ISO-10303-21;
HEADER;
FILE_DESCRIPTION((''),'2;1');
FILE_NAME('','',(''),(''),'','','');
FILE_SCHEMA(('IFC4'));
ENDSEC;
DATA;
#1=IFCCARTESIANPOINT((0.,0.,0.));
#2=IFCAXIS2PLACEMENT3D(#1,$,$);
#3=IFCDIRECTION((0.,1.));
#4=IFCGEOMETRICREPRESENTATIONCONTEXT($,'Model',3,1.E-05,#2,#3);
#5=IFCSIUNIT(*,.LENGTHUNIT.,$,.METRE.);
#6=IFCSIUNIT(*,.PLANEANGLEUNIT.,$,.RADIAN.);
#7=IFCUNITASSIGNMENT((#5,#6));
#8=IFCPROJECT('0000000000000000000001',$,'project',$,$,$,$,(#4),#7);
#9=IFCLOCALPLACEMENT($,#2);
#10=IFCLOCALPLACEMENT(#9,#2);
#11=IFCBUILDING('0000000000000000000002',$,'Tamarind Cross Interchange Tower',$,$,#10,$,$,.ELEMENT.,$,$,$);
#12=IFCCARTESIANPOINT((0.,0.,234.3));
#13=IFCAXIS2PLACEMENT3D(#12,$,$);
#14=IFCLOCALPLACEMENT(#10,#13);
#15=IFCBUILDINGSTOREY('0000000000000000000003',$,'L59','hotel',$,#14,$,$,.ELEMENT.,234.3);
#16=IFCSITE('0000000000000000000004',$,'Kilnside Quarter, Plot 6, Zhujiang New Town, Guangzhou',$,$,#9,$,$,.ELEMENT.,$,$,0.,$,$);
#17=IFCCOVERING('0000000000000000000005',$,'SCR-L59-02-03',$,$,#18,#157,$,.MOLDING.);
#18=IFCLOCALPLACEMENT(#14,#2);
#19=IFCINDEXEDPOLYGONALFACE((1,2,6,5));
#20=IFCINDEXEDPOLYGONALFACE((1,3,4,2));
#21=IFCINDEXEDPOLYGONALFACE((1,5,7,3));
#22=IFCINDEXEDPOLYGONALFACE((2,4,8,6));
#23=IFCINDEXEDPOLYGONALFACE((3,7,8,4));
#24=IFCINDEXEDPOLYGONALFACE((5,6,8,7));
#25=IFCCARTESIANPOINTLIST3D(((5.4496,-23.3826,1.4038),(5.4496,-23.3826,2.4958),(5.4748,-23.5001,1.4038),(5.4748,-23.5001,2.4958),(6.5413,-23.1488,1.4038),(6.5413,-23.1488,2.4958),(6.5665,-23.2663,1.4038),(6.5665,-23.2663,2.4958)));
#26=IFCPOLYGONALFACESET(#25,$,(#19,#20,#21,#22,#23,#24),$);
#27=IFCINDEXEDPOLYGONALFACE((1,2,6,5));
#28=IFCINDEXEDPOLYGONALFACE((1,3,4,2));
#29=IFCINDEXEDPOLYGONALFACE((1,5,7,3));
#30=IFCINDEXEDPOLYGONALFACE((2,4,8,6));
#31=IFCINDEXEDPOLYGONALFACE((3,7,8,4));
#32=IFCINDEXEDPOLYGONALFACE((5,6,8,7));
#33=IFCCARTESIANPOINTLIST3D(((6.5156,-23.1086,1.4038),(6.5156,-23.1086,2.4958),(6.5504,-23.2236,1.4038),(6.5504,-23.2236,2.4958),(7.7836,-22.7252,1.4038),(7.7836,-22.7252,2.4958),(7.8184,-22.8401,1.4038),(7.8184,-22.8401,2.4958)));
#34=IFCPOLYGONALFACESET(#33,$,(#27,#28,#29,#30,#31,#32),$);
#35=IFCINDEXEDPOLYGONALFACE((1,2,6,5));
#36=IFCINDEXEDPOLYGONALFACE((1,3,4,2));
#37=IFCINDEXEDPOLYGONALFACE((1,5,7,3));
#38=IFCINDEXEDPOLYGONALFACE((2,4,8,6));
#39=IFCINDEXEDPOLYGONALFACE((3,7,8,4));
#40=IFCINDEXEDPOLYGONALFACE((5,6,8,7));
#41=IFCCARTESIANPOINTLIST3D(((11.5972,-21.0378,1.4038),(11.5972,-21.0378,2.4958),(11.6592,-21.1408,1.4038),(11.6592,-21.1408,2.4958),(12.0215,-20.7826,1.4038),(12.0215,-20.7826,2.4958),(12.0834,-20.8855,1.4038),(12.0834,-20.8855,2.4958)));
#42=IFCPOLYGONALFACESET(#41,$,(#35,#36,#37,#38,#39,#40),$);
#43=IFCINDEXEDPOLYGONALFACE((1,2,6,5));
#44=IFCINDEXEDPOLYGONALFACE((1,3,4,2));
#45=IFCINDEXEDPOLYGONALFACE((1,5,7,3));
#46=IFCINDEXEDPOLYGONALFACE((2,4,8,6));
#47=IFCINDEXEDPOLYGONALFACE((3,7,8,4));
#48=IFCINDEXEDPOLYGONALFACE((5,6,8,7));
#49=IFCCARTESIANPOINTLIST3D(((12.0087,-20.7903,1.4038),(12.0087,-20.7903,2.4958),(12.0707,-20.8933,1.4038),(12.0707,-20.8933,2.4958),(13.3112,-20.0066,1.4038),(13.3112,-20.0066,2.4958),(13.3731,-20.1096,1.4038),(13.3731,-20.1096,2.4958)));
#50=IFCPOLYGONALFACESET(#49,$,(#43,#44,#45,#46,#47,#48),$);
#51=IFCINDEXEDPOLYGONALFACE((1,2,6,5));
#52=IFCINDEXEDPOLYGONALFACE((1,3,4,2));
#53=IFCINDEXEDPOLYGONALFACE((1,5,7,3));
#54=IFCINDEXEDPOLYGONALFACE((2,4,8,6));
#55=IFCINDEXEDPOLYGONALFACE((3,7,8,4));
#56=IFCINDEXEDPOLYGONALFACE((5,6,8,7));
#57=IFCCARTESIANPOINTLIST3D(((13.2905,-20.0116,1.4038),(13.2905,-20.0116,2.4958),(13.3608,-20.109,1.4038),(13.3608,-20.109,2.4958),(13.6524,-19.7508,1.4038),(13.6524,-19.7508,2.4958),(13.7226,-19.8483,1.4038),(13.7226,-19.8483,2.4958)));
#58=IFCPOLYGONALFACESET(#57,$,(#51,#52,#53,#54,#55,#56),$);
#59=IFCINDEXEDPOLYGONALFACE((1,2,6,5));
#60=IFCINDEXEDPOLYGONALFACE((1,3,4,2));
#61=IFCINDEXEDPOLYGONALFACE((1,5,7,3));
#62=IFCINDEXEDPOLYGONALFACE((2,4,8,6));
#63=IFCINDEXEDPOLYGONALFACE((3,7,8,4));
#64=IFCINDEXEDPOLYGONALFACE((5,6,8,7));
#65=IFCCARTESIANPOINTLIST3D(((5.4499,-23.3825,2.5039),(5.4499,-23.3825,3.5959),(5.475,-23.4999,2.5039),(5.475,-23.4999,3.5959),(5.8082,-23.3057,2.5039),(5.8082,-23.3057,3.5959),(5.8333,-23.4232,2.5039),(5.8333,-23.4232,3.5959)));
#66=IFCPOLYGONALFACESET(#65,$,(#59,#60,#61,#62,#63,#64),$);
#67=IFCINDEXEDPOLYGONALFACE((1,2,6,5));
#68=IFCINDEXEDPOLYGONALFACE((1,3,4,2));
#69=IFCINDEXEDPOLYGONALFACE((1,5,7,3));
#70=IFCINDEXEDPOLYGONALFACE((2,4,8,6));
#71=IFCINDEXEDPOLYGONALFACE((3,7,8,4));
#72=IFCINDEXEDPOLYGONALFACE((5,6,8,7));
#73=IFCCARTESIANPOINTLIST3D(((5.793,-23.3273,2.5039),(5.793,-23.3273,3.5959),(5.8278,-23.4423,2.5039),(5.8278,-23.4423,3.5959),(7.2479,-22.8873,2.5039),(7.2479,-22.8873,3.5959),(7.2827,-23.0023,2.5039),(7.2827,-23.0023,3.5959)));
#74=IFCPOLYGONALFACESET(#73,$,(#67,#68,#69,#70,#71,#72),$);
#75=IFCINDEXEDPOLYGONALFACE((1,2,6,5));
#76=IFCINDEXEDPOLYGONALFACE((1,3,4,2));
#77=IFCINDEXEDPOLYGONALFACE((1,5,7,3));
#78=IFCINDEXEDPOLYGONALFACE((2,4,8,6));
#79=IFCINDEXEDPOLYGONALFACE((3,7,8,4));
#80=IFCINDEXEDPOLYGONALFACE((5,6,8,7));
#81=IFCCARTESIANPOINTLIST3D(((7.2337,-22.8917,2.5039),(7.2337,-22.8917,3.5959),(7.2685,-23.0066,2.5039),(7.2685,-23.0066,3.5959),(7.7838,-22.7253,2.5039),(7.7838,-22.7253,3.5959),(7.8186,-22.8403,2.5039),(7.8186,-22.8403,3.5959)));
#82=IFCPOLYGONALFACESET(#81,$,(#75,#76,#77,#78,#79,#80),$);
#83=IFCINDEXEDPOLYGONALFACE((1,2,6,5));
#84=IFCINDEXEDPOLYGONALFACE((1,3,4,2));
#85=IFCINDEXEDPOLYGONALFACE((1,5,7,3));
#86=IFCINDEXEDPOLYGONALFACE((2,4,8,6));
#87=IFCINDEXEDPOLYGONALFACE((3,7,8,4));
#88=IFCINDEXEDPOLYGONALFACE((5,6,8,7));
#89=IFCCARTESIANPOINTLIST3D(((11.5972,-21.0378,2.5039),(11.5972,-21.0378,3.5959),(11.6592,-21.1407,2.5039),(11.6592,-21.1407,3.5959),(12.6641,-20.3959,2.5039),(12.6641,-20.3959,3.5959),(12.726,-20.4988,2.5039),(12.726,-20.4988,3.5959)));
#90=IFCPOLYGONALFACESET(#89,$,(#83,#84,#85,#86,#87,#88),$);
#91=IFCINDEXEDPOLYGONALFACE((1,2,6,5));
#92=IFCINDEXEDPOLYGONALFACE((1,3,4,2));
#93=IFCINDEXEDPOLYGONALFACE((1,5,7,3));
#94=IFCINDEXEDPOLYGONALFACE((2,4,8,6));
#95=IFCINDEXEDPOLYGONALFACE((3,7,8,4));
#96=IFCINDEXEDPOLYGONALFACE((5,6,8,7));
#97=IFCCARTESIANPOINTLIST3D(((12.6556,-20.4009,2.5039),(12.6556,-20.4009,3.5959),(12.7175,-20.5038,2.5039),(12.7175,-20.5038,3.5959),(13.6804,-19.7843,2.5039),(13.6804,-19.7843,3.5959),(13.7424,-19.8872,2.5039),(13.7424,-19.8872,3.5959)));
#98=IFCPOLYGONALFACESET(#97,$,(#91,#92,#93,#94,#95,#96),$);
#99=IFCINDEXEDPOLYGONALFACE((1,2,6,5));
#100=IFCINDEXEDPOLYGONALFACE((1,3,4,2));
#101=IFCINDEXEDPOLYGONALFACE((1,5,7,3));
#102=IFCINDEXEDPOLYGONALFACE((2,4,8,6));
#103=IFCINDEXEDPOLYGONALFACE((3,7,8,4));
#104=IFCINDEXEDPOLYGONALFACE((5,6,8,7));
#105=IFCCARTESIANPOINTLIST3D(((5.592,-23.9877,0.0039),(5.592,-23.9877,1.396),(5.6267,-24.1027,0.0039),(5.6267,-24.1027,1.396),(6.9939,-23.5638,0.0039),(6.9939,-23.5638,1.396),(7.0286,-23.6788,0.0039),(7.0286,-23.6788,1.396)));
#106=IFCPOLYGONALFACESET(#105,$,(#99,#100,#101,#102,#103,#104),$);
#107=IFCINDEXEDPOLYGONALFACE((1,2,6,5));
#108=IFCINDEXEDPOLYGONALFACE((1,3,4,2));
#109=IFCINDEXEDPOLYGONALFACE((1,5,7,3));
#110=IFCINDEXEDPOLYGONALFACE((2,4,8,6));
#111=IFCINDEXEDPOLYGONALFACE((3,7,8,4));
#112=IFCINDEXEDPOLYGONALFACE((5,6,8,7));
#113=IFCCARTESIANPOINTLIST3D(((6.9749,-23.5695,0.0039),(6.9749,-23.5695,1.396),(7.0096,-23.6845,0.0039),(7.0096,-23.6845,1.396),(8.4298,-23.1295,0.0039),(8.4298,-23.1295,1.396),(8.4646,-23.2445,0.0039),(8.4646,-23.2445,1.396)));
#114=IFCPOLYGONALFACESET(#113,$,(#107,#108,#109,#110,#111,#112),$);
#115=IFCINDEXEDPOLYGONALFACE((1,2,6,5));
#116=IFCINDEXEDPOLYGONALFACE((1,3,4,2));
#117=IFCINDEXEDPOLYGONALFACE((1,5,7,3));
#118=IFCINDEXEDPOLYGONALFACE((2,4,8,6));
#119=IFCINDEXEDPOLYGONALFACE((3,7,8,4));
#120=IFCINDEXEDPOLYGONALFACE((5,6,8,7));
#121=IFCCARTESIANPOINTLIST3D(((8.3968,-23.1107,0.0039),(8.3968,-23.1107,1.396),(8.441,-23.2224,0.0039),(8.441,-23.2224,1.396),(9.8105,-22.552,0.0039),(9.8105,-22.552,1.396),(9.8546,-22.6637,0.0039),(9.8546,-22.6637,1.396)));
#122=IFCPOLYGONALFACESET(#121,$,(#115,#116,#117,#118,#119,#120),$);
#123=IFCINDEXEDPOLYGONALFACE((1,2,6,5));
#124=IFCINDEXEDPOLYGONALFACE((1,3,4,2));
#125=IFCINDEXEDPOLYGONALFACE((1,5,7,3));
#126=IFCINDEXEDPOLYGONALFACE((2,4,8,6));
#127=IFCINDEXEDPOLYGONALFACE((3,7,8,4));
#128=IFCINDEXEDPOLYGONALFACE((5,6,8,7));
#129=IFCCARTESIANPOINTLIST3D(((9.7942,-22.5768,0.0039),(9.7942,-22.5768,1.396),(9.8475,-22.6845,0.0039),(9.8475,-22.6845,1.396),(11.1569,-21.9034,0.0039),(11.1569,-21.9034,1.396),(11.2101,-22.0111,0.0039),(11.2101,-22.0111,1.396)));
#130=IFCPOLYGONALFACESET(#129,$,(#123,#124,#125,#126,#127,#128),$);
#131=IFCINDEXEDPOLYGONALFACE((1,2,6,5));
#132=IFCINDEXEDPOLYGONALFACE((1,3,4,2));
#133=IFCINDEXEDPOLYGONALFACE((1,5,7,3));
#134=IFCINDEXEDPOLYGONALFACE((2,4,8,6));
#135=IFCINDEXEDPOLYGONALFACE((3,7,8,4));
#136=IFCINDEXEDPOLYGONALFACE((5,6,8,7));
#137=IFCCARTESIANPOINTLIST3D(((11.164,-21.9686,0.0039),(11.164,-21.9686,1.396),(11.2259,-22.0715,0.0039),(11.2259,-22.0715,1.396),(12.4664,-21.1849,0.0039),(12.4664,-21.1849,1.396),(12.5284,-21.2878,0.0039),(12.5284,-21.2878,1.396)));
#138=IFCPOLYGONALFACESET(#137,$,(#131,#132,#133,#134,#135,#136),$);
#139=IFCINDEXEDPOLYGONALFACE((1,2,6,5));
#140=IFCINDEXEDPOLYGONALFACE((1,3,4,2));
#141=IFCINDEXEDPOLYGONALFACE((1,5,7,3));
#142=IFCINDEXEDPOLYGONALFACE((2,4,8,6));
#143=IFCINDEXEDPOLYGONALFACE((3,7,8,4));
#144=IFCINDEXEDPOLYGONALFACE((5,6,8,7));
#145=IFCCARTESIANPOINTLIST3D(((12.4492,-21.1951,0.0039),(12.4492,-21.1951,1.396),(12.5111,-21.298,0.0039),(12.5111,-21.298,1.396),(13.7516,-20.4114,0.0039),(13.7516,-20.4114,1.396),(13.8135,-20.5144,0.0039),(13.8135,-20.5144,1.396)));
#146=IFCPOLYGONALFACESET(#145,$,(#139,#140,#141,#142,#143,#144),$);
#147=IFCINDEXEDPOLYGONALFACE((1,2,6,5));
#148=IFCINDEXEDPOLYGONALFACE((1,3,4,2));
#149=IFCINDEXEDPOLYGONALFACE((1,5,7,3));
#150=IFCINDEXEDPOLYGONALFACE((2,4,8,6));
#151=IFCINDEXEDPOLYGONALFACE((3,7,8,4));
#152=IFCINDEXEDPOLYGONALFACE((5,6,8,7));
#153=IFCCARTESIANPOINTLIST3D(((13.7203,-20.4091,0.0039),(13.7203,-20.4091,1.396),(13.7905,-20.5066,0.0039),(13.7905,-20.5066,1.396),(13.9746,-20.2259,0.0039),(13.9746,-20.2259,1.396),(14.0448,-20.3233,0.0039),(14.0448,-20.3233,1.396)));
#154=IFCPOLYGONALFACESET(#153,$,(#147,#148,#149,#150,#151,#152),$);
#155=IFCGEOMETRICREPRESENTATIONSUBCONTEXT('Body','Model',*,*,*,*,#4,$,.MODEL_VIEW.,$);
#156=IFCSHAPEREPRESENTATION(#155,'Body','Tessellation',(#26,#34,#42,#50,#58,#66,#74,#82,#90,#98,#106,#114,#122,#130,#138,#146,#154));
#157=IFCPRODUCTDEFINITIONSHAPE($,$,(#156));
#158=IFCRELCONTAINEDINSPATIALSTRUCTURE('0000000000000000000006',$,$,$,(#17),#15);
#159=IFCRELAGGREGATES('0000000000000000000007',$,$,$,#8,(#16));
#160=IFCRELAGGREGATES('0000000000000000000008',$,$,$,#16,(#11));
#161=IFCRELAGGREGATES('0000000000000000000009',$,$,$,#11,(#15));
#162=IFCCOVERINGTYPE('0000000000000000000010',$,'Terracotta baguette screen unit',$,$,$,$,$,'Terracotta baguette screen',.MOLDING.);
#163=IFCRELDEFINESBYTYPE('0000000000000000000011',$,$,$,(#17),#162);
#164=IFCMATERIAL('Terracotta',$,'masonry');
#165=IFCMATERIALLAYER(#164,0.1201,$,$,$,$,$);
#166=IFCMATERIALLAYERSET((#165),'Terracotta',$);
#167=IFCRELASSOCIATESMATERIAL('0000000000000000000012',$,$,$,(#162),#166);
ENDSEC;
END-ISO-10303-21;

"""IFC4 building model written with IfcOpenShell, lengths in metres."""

from ifc_helpers import new_model, si_unit, direction, frame, origin, origin_2d, place, context, subcontext, project, spatial, rectangle, extrude, material, layer, layer_set, type_object, element, save


model = new_model("IFC4")

# Units and contexts
model_context = context("Model", 3, precision=1e-05, world=origin(), true_north=direction((0.0, 1.0)))
body_context = subcontext(model_context, "Body", "Model", "MODEL_VIEW")
ifc_project = project(units=[si_unit("LENGTHUNIT", "METRE"), si_unit("PLANEANGLEUNIT", "RADIAN")], contexts=[model_context])

# Site, building, storey
site_placement = place(None, origin())
site = spatial("IfcSite", under=ifc_project, at=site_placement, Name="Kilnside Quarter, Plot 6, Zhujiang New Town, Guangzhou", CompositionType="ELEMENT", RefElevation=0.0)
building_placement = place(site_placement, origin())
building = spatial("IfcBuilding", under=site, at=building_placement, Name="Tamarind Cross Interchange Tower", CompositionType="ELEMENT")
storey_placement = place(building_placement, frame((0.0, 0.0, 234.3)))
storey = spatial("IfcBuildingStorey", under=building, at=storey_placement, Name="L59", Description="hotel", CompositionType="ELEMENT", Elevation=234.3)

# Covering
ifc_material_1 = material(Name="Terracotta", Category="masonry")
ifc_layer_1 = layer(ifc_material_1, 0.1201)
ifc_layer_set_1 = layer_set([ifc_layer_1], Name="Terracotta")
covering_type = type_object("IfcCoveringType", Name="Terracotta baguette screen unit", ElementType="Terracotta baguette screen", PredefinedType="MOLDING", material=ifc_layer_set_1)
covering_1_placement = place(storey_placement, origin())
element("IfcCovering", 1, at=covering_1_placement, inside=storey, type_object=covering_type, Name="SCR-L59-02-03", PredefinedType="MOLDING", context=body_context, shape_type="SweptSolid", body=[
    extrude(rectangle(XDim=1.1165, YDim=0.1201, at=origin_2d()), frame((6.0081, -23.3245, 1.4038), z_axis=(0.0, 0.0, 1.0), x_axis=(0.977825, 0.209425, 0.0)), (0.0, 0.0, 1.0), 1.092),
    extrude(rectangle(XDim=1.3247, YDim=0.1201, at=origin_2d()), frame((7.167, -22.9744, 1.4038), z_axis=(0.0, 0.0, 1.0), x_axis=(0.957191, 0.289458, 0.0)), (0.0, 0.0, 1.0), 1.092),
    extrude(rectangle(XDim=0.4951, YDim=0.1201, at=origin_2d()), frame((11.8403, -20.9617, 1.4038), z_axis=(0.0, 0.0, 1.0), x_axis=(0.856843, 0.515577, 0.0)), (0.0, 0.0, 1.0), 1.092),
    extrude(rectangle(XDim=1.52, YDim=0.1201, at=origin_2d()), frame((12.6909, -20.45, 1.4038), z_axis=(0.0, 0.0, 1.0), x_axis=(0.856843, 0.515577, 0.0)), (0.0, 0.0, 1.0), 1.092),
    extrude(rectangle(XDim=0.446, YDim=0.1201, at=origin_2d()), frame((13.5066, -19.9299, 1.4038), z_axis=(0.0, 0.0, 1.0), x_axis=(0.81134, 0.584574, 0.0)), (0.0, 0.0, 1.0), 1.092),
    extrude(rectangle(XDim=0.3665, YDim=0.1201, at=origin_2d()), frame((5.6416, -23.4028, 2.5039), z_axis=(0.0, 0.0, 1.0), x_axis=(0.977825, 0.209425, 0.0)), (0.0, 0.0, 1.0), 1.092),
    extrude(rectangle(XDim=1.52, YDim=0.1201, at=origin_2d()), frame((6.5378, -23.1648, 2.5039), z_axis=(0.0, 0.0, 1.0), x_axis=(0.957191, 0.289458, 0.0)), (0.0, 0.0, 1.0), 1.092),
    extrude(rectangle(XDim=0.5747, YDim=0.1201, at=origin_2d()), frame((7.5261, -22.866, 2.5039), z_axis=(0.0, 0.0, 1.0), x_axis=(0.957191, 0.289458, 0.0)), (0.0, 0.0, 1.0), 1.092),
    extrude(rectangle(XDim=1.2451, YDim=0.1201, at=origin_2d()), frame((12.1616, -20.7683, 2.5039), z_axis=(0.0, 0.0, 1.0), x_axis=(0.856843, 0.515577, 0.0)), (0.0, 0.0, 1.0), 1.092),
    extrude(rectangle(XDim=1.196, YDim=0.1201, at=origin_2d()), frame((13.199, -20.144, 2.5039), z_axis=(0.0, 0.0, 1.0), x_axis=(0.856843, 0.515577, 0.0)), (0.0, 0.0, 1.0), 1.092),
    extrude(rectangle(XDim=1.4646, YDim=0.1201, at=origin_2d()), frame((6.3103, -23.8333, 0.0039), z_axis=(0.0, 0.0, 1.0), x_axis=(0.957191, 0.289458, 0.0)), (0.0, 0.0, 1.0), 1.3921),
    extrude(rectangle(XDim=1.52, YDim=0.1201, at=origin_2d()), frame((7.7197, -23.407, 0.0039), z_axis=(0.0, 0.0, 1.0), x_axis=(0.957191, 0.289458, 0.0)), (0.0, 0.0, 1.0), 1.3921),
    extrude(rectangle(XDim=1.52, YDim=0.1201, at=origin_2d()), frame((9.1257, -22.8872, 0.0039), z_axis=(0.0, 0.0, 1.0), x_axis=(0.930018, 0.367514, 0.0)), (0.0, 0.0, 1.0), 1.3921),
    extrude(rectangle(XDim=1.52, YDim=0.1201, at=origin_2d()), frame((10.5022, -22.2939, 0.0039), z_axis=(0.0, 0.0, 1.0), x_axis=(0.896493, 0.443059, 0.0)), (0.0, 0.0, 1.0), 1.3921),
    extrude(rectangle(XDim=1.52, YDim=0.1201, at=origin_2d()), frame((11.8462, -21.6282, 0.0039), z_axis=(0.0, 0.0, 1.0), x_axis=(0.856843, 0.515577, 0.0)), (0.0, 0.0, 1.0), 1.3921),
    extrude(rectangle(XDim=1.52, YDim=0.1201, at=origin_2d()), frame((13.1313, -20.8547, 0.0039), z_axis=(0.0, 0.0, 1.0), x_axis=(0.856843, 0.515577, 0.0)), (0.0, 0.0, 1.0), 1.3921),
    extrude(rectangle(XDim=0.3135, YDim=0.1201, at=origin_2d()), frame((13.8826, -20.3662, 0.0039), z_axis=(0.0, 0.0, 1.0), x_axis=(0.81134, 0.584574, 0.0)), (0.0, 0.0, 1.0), 1.3921),
])

save(model, "model.ifc")
